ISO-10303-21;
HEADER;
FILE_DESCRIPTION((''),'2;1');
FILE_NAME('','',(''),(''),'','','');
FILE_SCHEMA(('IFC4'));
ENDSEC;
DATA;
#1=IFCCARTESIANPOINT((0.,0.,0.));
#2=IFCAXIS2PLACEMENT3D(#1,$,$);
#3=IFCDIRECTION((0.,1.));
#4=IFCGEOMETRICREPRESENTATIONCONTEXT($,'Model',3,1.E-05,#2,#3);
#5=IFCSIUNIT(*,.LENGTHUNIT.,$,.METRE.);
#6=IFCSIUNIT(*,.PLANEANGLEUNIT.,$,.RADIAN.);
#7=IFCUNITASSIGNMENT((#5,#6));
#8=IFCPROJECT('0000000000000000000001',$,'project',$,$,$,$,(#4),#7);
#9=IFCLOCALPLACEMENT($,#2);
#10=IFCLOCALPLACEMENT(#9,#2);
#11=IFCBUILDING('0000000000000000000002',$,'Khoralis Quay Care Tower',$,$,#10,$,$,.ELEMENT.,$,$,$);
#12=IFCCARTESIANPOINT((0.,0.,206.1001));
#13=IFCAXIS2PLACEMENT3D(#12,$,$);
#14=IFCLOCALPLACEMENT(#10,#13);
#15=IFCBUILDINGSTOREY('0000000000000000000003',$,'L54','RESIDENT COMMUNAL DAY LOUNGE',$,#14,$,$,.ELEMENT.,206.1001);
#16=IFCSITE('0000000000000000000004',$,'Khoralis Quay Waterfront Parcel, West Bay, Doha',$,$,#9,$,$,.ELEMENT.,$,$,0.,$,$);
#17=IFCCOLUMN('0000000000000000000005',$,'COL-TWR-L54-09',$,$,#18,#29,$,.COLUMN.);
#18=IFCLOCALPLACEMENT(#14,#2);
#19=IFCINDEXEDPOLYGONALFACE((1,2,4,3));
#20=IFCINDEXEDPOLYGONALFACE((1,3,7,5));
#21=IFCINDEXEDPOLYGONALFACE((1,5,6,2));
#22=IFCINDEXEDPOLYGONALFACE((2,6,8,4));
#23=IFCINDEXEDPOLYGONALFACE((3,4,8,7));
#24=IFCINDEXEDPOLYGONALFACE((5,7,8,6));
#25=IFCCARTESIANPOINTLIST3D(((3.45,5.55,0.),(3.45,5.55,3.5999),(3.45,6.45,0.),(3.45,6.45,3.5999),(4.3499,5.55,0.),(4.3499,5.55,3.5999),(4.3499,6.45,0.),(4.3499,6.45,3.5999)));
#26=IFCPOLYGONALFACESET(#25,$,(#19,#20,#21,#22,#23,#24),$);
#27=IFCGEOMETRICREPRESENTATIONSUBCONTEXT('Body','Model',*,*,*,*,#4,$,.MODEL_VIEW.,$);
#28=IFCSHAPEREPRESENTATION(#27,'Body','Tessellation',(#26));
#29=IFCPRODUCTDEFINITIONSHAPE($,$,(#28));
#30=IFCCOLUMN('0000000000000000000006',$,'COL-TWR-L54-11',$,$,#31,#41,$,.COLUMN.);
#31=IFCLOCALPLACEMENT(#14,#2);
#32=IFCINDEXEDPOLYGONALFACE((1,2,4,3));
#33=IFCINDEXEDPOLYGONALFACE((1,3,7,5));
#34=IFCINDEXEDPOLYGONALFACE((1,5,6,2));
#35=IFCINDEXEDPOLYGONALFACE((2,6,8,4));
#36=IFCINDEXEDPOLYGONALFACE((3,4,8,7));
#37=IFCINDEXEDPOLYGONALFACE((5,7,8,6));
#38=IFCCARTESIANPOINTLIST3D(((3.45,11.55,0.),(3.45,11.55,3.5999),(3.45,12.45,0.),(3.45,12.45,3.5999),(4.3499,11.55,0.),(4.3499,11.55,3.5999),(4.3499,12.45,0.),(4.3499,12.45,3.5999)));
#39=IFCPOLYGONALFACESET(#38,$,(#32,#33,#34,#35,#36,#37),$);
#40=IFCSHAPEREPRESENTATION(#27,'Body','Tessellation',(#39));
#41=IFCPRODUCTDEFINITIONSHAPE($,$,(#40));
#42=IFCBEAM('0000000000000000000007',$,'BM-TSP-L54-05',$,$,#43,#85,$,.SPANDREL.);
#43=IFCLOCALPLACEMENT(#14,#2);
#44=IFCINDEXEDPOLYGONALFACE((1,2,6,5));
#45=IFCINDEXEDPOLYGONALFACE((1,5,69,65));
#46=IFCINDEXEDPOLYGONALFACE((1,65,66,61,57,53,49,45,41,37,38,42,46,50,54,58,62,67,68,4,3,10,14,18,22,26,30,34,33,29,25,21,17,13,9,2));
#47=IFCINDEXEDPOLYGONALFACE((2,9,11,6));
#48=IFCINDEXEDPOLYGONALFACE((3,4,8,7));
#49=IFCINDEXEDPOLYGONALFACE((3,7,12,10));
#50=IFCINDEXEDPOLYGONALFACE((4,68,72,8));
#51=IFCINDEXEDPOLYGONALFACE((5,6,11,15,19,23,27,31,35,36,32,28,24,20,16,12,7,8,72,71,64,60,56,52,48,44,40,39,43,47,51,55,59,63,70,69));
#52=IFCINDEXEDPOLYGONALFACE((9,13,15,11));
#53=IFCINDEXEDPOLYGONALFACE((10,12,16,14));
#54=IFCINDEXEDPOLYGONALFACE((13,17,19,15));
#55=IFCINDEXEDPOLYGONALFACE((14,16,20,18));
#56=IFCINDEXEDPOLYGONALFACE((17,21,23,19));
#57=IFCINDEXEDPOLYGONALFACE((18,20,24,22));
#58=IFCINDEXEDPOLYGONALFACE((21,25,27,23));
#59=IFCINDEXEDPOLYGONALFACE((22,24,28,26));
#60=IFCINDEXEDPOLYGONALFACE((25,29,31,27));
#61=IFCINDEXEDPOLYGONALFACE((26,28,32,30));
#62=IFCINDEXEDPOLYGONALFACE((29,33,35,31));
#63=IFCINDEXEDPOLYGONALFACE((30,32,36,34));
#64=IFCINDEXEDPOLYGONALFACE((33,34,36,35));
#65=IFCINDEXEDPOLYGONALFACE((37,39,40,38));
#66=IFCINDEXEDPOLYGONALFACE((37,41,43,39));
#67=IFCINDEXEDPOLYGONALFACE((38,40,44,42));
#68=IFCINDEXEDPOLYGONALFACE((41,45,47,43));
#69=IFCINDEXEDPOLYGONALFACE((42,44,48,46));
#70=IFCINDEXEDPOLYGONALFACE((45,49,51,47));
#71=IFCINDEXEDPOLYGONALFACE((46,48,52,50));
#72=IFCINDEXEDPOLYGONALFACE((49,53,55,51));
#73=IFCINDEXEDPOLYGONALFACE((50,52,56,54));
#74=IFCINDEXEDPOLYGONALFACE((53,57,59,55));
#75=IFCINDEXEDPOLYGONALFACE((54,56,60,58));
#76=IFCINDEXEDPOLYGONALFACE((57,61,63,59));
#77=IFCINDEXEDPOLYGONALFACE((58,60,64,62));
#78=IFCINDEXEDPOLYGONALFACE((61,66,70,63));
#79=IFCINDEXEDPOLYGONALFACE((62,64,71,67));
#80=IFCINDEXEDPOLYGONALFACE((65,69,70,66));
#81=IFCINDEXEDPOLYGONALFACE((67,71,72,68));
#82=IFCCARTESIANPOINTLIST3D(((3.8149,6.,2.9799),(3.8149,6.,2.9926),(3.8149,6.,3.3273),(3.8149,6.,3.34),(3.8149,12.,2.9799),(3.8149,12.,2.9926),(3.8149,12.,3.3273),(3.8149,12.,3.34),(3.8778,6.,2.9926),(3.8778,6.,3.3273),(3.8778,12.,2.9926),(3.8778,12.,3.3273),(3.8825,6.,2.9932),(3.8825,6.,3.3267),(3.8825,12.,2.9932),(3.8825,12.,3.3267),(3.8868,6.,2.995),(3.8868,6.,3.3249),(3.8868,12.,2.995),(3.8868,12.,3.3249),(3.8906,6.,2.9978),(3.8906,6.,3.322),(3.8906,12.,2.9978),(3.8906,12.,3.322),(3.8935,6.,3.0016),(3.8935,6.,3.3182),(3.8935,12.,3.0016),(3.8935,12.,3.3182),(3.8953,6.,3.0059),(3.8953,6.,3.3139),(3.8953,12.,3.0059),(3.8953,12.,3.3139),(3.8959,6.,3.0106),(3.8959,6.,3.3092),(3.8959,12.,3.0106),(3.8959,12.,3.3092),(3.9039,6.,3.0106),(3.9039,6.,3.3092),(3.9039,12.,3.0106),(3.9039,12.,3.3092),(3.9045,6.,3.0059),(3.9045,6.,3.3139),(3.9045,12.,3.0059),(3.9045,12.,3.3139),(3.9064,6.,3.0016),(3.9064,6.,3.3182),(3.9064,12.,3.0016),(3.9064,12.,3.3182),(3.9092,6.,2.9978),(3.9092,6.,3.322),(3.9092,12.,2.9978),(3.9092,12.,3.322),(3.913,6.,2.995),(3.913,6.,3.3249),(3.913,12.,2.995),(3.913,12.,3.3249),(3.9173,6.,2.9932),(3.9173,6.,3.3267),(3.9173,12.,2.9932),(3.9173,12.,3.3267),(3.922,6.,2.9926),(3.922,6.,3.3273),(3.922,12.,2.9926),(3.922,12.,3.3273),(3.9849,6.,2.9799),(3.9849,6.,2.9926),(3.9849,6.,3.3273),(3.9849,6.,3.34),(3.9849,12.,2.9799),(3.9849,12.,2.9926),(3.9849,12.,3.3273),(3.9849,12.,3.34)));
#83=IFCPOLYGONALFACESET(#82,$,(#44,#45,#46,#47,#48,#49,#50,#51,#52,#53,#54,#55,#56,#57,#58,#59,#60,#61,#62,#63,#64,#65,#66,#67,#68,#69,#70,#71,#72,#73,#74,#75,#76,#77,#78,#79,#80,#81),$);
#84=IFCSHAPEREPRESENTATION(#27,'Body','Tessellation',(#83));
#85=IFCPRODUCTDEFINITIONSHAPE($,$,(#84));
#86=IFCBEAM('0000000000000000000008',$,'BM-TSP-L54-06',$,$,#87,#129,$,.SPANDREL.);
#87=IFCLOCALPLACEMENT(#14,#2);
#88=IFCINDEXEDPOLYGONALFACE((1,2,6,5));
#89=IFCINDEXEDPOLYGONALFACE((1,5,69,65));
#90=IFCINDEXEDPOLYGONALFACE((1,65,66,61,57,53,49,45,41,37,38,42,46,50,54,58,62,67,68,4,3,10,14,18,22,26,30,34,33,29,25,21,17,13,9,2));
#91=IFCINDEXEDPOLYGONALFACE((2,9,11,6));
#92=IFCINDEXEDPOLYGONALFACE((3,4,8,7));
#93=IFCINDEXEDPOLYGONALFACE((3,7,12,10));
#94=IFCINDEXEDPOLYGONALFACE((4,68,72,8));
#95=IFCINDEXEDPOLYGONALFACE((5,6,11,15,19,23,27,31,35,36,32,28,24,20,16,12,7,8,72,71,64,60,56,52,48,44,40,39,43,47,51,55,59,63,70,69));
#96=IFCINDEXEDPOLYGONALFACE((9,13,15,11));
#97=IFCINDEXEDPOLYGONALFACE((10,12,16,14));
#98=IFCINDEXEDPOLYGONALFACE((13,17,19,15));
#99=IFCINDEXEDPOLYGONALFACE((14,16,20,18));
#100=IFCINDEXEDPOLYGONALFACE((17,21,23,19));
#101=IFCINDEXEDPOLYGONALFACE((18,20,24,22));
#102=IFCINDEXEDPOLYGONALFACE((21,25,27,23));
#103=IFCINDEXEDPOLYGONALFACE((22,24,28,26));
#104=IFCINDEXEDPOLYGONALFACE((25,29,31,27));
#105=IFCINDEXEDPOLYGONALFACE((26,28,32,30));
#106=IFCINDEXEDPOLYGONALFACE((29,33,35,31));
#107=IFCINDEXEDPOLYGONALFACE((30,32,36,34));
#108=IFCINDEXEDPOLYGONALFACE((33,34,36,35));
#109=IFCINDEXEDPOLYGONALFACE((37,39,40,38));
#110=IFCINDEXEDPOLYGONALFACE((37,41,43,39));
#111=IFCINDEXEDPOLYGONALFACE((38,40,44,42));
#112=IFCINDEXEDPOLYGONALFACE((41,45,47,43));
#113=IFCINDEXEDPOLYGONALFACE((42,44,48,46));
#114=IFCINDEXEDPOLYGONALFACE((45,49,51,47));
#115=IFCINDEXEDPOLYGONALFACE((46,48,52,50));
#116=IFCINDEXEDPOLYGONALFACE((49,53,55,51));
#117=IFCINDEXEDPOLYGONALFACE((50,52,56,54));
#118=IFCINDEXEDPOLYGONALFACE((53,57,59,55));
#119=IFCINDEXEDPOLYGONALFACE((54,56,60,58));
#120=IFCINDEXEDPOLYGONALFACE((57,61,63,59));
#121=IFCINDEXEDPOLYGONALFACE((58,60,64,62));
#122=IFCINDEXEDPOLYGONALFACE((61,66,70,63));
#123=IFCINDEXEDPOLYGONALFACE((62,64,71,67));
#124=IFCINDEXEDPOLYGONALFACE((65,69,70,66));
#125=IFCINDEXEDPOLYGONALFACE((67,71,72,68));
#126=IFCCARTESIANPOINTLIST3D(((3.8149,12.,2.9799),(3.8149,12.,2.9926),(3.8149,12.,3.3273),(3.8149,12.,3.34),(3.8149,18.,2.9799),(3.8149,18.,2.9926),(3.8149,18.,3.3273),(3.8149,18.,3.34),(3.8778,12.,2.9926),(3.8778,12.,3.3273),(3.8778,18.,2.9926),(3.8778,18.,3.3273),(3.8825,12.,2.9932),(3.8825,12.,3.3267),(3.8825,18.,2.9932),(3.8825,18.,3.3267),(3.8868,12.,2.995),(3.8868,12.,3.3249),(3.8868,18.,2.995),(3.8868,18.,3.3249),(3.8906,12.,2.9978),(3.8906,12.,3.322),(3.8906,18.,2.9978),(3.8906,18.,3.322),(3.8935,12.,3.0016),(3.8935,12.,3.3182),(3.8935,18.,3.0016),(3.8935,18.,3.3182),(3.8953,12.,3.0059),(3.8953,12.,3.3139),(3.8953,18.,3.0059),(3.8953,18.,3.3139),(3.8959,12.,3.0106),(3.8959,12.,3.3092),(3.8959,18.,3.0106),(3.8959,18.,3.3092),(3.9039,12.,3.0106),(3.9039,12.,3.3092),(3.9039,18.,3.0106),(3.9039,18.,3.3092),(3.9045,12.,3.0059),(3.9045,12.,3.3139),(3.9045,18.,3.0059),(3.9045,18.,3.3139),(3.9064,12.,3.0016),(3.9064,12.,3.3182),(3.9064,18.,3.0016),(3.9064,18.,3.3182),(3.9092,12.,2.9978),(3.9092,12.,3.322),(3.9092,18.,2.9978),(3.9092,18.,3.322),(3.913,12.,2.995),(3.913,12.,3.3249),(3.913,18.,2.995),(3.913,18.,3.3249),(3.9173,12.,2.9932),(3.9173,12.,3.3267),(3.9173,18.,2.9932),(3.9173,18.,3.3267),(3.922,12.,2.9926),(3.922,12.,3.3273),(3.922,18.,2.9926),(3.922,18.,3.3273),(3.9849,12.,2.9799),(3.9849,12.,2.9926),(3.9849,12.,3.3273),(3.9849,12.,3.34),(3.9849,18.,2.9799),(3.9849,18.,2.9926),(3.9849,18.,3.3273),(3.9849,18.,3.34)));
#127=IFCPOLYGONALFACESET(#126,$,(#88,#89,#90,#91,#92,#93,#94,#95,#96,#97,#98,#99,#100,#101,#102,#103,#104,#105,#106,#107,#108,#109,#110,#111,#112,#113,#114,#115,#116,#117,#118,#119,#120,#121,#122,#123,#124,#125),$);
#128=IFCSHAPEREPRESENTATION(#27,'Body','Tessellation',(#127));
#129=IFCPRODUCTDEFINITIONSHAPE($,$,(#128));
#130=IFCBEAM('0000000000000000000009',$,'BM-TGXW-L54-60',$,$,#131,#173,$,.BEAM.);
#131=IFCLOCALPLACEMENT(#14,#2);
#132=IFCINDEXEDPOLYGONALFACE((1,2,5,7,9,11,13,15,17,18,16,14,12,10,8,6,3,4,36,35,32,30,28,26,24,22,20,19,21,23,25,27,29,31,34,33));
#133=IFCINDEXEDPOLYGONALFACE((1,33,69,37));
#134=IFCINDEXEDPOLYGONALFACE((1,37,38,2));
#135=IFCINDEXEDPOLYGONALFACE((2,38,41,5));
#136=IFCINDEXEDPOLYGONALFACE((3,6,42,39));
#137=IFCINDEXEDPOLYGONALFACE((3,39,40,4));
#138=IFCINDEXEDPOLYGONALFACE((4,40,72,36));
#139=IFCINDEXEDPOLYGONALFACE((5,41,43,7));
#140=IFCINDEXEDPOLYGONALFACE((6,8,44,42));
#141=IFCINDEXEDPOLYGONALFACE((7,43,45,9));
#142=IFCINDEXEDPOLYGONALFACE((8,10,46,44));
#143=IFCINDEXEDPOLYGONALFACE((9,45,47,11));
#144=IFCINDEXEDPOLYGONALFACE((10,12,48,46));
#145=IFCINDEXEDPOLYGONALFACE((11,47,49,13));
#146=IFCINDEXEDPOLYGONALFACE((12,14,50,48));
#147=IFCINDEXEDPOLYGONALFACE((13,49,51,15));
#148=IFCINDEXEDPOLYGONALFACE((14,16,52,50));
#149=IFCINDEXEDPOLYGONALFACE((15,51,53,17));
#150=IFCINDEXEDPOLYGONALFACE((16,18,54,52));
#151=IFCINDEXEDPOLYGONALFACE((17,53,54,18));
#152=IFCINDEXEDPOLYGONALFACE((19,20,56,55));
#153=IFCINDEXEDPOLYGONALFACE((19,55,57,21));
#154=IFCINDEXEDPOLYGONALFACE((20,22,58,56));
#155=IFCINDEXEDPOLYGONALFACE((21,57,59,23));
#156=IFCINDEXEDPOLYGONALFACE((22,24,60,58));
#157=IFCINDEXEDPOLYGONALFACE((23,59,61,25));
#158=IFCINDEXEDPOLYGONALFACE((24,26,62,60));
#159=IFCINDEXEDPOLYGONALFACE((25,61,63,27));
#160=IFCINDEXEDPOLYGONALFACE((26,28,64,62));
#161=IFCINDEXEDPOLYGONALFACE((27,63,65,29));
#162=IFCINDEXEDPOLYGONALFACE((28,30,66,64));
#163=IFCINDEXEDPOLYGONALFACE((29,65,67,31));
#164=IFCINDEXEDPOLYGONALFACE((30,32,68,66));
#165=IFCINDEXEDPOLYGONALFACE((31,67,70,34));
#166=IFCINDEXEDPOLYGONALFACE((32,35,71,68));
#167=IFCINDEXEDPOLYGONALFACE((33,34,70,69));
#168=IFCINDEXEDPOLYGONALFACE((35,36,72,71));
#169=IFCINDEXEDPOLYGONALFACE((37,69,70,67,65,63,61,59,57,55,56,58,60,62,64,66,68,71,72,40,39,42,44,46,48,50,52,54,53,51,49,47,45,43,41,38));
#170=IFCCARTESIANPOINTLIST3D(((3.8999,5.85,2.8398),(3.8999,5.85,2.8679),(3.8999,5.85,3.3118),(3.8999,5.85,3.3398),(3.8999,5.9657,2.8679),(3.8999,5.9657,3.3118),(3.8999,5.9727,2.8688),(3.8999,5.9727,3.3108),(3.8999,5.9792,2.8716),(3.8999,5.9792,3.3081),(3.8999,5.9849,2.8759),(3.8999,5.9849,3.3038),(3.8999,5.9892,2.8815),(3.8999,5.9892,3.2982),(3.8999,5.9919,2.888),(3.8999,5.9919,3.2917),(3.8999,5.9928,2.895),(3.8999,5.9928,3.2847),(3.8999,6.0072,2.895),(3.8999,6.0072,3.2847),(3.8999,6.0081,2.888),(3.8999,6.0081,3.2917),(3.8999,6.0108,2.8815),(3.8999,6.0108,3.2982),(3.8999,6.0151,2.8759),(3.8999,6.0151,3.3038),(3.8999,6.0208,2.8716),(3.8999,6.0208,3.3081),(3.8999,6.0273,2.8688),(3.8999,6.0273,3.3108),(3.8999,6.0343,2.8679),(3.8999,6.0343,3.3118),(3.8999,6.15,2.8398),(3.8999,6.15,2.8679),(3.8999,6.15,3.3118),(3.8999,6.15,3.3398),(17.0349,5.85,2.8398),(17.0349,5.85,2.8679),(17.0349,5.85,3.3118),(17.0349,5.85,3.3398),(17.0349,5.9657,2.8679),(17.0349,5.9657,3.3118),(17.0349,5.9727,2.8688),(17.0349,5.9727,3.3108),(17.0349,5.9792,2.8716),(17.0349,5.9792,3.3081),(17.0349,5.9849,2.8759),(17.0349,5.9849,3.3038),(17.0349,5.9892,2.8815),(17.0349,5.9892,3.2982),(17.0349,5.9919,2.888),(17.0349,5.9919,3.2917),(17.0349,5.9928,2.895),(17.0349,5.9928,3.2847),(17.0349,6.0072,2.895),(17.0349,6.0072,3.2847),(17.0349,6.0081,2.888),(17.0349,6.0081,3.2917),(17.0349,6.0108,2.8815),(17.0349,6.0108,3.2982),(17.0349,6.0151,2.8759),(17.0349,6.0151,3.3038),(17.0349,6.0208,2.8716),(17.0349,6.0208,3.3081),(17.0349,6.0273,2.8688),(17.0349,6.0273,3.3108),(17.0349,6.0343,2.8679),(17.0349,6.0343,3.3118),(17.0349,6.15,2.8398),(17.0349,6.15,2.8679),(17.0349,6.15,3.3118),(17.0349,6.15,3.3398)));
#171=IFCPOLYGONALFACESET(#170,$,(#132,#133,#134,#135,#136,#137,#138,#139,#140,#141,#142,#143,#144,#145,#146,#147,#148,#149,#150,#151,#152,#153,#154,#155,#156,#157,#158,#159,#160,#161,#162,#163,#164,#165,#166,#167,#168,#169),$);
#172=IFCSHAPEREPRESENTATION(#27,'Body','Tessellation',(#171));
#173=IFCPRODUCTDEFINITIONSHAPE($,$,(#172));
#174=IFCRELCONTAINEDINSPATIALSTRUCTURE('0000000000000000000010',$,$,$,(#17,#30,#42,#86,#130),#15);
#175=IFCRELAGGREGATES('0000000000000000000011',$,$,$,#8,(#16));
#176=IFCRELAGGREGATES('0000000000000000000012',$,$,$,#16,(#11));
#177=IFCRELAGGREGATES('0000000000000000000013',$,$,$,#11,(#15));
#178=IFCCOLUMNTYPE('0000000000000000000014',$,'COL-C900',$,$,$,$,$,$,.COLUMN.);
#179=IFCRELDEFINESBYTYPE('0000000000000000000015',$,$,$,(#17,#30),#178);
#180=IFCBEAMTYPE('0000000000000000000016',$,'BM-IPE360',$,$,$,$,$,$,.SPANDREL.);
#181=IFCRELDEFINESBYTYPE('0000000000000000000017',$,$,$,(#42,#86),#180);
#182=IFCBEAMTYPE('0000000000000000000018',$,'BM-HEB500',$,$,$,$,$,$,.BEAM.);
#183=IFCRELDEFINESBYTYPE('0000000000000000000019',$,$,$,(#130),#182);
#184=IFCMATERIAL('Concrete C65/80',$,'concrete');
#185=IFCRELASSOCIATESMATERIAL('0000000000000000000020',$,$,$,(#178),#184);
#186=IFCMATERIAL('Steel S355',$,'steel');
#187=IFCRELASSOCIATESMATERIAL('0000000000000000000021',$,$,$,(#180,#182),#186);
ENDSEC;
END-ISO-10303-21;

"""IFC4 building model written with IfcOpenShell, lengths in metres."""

from ifc_helpers import new_model, si_unit, direction, frame, origin, origin_2d, place, context, subcontext, project, spatial, rectangle, i_section, extrude, source, transform, mapped, material, material_profile, profile_set, type_object, element, save


model = new_model("IFC4")

# Units and contexts
model_context = context("Model", 3, precision=1e-05, world=origin(), true_north=direction((0.0, 1.0)))
body_context = subcontext(model_context, "Body", "Model", "MODEL_VIEW")
ifc_project = project(units=[si_unit("LENGTHUNIT", "METRE"), si_unit("PLANEANGLEUNIT", "RADIAN")], contexts=[model_context])

# Site, building, storey
site_placement = place(None, origin())
site = spatial("IfcSite", under=ifc_project, at=site_placement, Name="Khoralis Quay Waterfront Parcel, West Bay, Doha", CompositionType="ELEMENT", RefElevation=0.0)
building_placement = place(site_placement, origin())
building = spatial("IfcBuilding", under=site, at=building_placement, Name="Khoralis Quay Care Tower", CompositionType="ELEMENT")
storey_placement = place(building_placement, frame((0.0, 0.0, 206.1001)))
storey = spatial("IfcBuildingStorey", under=building, at=storey_placement, Name="L54", Description="RESIDENT COMMUNAL DAY LOUNGE", CompositionType="ELEMENT", Elevation=206.1001)

# Columns
ifc_material_1 = material(Name="Concrete C65/80", Category="concrete")
ifc_material_profile_1 = material_profile(ifc_material_1, rectangle(XDim=0.8999, YDim=0.8999, at=origin_2d()), Name="Concrete C65/80")
ifc_profile_set_1 = profile_set([ifc_material_profile_1], Name="Concrete C65/80")
column_type = type_object("IfcColumnType", Name="COL-C900", PredefinedType="COLUMN", material=ifc_profile_set_1)
shared_shape_1 = source(origin(), body_context, "Body", "SweptSolid", [
    extrude(rectangle(XDim=0.8999, YDim=0.8999, at=origin_2d()), origin(), (0.0, 0.0, 1.0), 3.5999),
])
for number, where, z_axis, x_axis, name in (
    (1, (3.8999, 6.0, 0.0), (0.0, 0.0, 1.0), (1.0, 0.0, 0.0), "COL-TWR-L54-09"),
    (2, (3.8999, 12.0, 0.0), (0.0, 0.0, 1.0), (1.0, 0.0, 0.0), "COL-TWR-L54-11"),
):
    element("IfcColumn", number, at=place(storey_placement, frame(where, z_axis=z_axis, x_axis=x_axis)), inside=storey, type_object=column_type, Name=name, PredefinedType="COLUMN", context=body_context, shape_type="MappedRepresentation", body=[
        mapped(shared_shape_1, transform((0.0, 0.0, 0.0), scale=1.0)),
    ])

# Beams
ifc_material_2 = material(Name="Steel S355", Category="steel")
ifc_material_profile_2 = material_profile(ifc_material_2, i_section(OverallWidth=0.1699, OverallDepth=0.3601, WebThickness=0.0081, FlangeThickness=0.0127, FilletRadius=0.0181, at=origin_2d()), Name="Steel S355")
ifc_profile_set_2 = profile_set([ifc_material_profile_2], Name="Steel S355")
beam_type_1 = type_object("IfcBeamType", Name="BM-IPE360", PredefinedType="SPANDREL", material=ifc_profile_set_2)
shared_shape_2 = source(origin(), body_context, "Body", "SweptSolid", [
    extrude(i_section(OverallWidth=0.1699, OverallDepth=0.3601, WebThickness=0.0081, FlangeThickness=0.0127, FilletRadius=0.0181, at=origin_2d()), origin(), (0.0, 0.0, 1.0), 6.0),
])
for number, where, z_axis, x_axis, name in (
    (3, (3.8999, 6.0, 3.1599), (0.0, 1.0, 0.0), (-1.0, 0.0, 0.0), "BM-TSP-L54-05"),
    (4, (3.8999, 12.0, 3.1599), (0.0, 1.0, 0.0), (-1.0, 0.0, 0.0), "BM-TSP-L54-06"),
):
    element("IfcBeam", number, at=place(storey_placement, frame(where, z_axis=z_axis, x_axis=x_axis)), inside=storey, type_object=beam_type_1, Name=name, PredefinedType="SPANDREL", context=body_context, shape_type="MappedRepresentation", body=[
        mapped(shared_shape_2, transform((0.0, 0.0, 0.0), scale=1.0)),
    ])
ifc_material_profile_3 = material_profile(ifc_material_2, i_section(OverallWidth=0.3, OverallDepth=0.5, WebThickness=0.0144, FlangeThickness=0.0281, FilletRadius=0.0271, at=origin_2d()), Name="Steel S355")
ifc_profile_set_3 = profile_set([ifc_material_profile_3], Name="Steel S355")
beam_type_2 = type_object("IfcBeamType", Name="BM-HEB500", PredefinedType="BEAM", material=ifc_profile_set_3)
shared_shape_3 = source(origin(), body_context, "Body", "SweptSolid", [
    extrude(i_section(OverallWidth=0.3, OverallDepth=0.5, WebThickness=0.0144, FlangeThickness=0.0281, FilletRadius=0.0271, at=origin_2d()), origin(), (0.0, 0.0, 1.0), 13.135),
])
beam_1_placement = place(storey_placement, frame((3.8999, 6.0, 3.0898), z_axis=(1.0, 0.0, 0.0), x_axis=(0.0, 1.0, 0.0)))
element("IfcBeam", 5, at=beam_1_placement, inside=storey, type_object=beam_type_2, Name="BM-TGXW-L54-60", PredefinedType="BEAM", context=body_context, shape_type="MappedRepresentation", body=[
    mapped(shared_shape_3, transform((0.0, 0.0, 0.0), scale=1.0)),
])

save(model, "model.ifc")
